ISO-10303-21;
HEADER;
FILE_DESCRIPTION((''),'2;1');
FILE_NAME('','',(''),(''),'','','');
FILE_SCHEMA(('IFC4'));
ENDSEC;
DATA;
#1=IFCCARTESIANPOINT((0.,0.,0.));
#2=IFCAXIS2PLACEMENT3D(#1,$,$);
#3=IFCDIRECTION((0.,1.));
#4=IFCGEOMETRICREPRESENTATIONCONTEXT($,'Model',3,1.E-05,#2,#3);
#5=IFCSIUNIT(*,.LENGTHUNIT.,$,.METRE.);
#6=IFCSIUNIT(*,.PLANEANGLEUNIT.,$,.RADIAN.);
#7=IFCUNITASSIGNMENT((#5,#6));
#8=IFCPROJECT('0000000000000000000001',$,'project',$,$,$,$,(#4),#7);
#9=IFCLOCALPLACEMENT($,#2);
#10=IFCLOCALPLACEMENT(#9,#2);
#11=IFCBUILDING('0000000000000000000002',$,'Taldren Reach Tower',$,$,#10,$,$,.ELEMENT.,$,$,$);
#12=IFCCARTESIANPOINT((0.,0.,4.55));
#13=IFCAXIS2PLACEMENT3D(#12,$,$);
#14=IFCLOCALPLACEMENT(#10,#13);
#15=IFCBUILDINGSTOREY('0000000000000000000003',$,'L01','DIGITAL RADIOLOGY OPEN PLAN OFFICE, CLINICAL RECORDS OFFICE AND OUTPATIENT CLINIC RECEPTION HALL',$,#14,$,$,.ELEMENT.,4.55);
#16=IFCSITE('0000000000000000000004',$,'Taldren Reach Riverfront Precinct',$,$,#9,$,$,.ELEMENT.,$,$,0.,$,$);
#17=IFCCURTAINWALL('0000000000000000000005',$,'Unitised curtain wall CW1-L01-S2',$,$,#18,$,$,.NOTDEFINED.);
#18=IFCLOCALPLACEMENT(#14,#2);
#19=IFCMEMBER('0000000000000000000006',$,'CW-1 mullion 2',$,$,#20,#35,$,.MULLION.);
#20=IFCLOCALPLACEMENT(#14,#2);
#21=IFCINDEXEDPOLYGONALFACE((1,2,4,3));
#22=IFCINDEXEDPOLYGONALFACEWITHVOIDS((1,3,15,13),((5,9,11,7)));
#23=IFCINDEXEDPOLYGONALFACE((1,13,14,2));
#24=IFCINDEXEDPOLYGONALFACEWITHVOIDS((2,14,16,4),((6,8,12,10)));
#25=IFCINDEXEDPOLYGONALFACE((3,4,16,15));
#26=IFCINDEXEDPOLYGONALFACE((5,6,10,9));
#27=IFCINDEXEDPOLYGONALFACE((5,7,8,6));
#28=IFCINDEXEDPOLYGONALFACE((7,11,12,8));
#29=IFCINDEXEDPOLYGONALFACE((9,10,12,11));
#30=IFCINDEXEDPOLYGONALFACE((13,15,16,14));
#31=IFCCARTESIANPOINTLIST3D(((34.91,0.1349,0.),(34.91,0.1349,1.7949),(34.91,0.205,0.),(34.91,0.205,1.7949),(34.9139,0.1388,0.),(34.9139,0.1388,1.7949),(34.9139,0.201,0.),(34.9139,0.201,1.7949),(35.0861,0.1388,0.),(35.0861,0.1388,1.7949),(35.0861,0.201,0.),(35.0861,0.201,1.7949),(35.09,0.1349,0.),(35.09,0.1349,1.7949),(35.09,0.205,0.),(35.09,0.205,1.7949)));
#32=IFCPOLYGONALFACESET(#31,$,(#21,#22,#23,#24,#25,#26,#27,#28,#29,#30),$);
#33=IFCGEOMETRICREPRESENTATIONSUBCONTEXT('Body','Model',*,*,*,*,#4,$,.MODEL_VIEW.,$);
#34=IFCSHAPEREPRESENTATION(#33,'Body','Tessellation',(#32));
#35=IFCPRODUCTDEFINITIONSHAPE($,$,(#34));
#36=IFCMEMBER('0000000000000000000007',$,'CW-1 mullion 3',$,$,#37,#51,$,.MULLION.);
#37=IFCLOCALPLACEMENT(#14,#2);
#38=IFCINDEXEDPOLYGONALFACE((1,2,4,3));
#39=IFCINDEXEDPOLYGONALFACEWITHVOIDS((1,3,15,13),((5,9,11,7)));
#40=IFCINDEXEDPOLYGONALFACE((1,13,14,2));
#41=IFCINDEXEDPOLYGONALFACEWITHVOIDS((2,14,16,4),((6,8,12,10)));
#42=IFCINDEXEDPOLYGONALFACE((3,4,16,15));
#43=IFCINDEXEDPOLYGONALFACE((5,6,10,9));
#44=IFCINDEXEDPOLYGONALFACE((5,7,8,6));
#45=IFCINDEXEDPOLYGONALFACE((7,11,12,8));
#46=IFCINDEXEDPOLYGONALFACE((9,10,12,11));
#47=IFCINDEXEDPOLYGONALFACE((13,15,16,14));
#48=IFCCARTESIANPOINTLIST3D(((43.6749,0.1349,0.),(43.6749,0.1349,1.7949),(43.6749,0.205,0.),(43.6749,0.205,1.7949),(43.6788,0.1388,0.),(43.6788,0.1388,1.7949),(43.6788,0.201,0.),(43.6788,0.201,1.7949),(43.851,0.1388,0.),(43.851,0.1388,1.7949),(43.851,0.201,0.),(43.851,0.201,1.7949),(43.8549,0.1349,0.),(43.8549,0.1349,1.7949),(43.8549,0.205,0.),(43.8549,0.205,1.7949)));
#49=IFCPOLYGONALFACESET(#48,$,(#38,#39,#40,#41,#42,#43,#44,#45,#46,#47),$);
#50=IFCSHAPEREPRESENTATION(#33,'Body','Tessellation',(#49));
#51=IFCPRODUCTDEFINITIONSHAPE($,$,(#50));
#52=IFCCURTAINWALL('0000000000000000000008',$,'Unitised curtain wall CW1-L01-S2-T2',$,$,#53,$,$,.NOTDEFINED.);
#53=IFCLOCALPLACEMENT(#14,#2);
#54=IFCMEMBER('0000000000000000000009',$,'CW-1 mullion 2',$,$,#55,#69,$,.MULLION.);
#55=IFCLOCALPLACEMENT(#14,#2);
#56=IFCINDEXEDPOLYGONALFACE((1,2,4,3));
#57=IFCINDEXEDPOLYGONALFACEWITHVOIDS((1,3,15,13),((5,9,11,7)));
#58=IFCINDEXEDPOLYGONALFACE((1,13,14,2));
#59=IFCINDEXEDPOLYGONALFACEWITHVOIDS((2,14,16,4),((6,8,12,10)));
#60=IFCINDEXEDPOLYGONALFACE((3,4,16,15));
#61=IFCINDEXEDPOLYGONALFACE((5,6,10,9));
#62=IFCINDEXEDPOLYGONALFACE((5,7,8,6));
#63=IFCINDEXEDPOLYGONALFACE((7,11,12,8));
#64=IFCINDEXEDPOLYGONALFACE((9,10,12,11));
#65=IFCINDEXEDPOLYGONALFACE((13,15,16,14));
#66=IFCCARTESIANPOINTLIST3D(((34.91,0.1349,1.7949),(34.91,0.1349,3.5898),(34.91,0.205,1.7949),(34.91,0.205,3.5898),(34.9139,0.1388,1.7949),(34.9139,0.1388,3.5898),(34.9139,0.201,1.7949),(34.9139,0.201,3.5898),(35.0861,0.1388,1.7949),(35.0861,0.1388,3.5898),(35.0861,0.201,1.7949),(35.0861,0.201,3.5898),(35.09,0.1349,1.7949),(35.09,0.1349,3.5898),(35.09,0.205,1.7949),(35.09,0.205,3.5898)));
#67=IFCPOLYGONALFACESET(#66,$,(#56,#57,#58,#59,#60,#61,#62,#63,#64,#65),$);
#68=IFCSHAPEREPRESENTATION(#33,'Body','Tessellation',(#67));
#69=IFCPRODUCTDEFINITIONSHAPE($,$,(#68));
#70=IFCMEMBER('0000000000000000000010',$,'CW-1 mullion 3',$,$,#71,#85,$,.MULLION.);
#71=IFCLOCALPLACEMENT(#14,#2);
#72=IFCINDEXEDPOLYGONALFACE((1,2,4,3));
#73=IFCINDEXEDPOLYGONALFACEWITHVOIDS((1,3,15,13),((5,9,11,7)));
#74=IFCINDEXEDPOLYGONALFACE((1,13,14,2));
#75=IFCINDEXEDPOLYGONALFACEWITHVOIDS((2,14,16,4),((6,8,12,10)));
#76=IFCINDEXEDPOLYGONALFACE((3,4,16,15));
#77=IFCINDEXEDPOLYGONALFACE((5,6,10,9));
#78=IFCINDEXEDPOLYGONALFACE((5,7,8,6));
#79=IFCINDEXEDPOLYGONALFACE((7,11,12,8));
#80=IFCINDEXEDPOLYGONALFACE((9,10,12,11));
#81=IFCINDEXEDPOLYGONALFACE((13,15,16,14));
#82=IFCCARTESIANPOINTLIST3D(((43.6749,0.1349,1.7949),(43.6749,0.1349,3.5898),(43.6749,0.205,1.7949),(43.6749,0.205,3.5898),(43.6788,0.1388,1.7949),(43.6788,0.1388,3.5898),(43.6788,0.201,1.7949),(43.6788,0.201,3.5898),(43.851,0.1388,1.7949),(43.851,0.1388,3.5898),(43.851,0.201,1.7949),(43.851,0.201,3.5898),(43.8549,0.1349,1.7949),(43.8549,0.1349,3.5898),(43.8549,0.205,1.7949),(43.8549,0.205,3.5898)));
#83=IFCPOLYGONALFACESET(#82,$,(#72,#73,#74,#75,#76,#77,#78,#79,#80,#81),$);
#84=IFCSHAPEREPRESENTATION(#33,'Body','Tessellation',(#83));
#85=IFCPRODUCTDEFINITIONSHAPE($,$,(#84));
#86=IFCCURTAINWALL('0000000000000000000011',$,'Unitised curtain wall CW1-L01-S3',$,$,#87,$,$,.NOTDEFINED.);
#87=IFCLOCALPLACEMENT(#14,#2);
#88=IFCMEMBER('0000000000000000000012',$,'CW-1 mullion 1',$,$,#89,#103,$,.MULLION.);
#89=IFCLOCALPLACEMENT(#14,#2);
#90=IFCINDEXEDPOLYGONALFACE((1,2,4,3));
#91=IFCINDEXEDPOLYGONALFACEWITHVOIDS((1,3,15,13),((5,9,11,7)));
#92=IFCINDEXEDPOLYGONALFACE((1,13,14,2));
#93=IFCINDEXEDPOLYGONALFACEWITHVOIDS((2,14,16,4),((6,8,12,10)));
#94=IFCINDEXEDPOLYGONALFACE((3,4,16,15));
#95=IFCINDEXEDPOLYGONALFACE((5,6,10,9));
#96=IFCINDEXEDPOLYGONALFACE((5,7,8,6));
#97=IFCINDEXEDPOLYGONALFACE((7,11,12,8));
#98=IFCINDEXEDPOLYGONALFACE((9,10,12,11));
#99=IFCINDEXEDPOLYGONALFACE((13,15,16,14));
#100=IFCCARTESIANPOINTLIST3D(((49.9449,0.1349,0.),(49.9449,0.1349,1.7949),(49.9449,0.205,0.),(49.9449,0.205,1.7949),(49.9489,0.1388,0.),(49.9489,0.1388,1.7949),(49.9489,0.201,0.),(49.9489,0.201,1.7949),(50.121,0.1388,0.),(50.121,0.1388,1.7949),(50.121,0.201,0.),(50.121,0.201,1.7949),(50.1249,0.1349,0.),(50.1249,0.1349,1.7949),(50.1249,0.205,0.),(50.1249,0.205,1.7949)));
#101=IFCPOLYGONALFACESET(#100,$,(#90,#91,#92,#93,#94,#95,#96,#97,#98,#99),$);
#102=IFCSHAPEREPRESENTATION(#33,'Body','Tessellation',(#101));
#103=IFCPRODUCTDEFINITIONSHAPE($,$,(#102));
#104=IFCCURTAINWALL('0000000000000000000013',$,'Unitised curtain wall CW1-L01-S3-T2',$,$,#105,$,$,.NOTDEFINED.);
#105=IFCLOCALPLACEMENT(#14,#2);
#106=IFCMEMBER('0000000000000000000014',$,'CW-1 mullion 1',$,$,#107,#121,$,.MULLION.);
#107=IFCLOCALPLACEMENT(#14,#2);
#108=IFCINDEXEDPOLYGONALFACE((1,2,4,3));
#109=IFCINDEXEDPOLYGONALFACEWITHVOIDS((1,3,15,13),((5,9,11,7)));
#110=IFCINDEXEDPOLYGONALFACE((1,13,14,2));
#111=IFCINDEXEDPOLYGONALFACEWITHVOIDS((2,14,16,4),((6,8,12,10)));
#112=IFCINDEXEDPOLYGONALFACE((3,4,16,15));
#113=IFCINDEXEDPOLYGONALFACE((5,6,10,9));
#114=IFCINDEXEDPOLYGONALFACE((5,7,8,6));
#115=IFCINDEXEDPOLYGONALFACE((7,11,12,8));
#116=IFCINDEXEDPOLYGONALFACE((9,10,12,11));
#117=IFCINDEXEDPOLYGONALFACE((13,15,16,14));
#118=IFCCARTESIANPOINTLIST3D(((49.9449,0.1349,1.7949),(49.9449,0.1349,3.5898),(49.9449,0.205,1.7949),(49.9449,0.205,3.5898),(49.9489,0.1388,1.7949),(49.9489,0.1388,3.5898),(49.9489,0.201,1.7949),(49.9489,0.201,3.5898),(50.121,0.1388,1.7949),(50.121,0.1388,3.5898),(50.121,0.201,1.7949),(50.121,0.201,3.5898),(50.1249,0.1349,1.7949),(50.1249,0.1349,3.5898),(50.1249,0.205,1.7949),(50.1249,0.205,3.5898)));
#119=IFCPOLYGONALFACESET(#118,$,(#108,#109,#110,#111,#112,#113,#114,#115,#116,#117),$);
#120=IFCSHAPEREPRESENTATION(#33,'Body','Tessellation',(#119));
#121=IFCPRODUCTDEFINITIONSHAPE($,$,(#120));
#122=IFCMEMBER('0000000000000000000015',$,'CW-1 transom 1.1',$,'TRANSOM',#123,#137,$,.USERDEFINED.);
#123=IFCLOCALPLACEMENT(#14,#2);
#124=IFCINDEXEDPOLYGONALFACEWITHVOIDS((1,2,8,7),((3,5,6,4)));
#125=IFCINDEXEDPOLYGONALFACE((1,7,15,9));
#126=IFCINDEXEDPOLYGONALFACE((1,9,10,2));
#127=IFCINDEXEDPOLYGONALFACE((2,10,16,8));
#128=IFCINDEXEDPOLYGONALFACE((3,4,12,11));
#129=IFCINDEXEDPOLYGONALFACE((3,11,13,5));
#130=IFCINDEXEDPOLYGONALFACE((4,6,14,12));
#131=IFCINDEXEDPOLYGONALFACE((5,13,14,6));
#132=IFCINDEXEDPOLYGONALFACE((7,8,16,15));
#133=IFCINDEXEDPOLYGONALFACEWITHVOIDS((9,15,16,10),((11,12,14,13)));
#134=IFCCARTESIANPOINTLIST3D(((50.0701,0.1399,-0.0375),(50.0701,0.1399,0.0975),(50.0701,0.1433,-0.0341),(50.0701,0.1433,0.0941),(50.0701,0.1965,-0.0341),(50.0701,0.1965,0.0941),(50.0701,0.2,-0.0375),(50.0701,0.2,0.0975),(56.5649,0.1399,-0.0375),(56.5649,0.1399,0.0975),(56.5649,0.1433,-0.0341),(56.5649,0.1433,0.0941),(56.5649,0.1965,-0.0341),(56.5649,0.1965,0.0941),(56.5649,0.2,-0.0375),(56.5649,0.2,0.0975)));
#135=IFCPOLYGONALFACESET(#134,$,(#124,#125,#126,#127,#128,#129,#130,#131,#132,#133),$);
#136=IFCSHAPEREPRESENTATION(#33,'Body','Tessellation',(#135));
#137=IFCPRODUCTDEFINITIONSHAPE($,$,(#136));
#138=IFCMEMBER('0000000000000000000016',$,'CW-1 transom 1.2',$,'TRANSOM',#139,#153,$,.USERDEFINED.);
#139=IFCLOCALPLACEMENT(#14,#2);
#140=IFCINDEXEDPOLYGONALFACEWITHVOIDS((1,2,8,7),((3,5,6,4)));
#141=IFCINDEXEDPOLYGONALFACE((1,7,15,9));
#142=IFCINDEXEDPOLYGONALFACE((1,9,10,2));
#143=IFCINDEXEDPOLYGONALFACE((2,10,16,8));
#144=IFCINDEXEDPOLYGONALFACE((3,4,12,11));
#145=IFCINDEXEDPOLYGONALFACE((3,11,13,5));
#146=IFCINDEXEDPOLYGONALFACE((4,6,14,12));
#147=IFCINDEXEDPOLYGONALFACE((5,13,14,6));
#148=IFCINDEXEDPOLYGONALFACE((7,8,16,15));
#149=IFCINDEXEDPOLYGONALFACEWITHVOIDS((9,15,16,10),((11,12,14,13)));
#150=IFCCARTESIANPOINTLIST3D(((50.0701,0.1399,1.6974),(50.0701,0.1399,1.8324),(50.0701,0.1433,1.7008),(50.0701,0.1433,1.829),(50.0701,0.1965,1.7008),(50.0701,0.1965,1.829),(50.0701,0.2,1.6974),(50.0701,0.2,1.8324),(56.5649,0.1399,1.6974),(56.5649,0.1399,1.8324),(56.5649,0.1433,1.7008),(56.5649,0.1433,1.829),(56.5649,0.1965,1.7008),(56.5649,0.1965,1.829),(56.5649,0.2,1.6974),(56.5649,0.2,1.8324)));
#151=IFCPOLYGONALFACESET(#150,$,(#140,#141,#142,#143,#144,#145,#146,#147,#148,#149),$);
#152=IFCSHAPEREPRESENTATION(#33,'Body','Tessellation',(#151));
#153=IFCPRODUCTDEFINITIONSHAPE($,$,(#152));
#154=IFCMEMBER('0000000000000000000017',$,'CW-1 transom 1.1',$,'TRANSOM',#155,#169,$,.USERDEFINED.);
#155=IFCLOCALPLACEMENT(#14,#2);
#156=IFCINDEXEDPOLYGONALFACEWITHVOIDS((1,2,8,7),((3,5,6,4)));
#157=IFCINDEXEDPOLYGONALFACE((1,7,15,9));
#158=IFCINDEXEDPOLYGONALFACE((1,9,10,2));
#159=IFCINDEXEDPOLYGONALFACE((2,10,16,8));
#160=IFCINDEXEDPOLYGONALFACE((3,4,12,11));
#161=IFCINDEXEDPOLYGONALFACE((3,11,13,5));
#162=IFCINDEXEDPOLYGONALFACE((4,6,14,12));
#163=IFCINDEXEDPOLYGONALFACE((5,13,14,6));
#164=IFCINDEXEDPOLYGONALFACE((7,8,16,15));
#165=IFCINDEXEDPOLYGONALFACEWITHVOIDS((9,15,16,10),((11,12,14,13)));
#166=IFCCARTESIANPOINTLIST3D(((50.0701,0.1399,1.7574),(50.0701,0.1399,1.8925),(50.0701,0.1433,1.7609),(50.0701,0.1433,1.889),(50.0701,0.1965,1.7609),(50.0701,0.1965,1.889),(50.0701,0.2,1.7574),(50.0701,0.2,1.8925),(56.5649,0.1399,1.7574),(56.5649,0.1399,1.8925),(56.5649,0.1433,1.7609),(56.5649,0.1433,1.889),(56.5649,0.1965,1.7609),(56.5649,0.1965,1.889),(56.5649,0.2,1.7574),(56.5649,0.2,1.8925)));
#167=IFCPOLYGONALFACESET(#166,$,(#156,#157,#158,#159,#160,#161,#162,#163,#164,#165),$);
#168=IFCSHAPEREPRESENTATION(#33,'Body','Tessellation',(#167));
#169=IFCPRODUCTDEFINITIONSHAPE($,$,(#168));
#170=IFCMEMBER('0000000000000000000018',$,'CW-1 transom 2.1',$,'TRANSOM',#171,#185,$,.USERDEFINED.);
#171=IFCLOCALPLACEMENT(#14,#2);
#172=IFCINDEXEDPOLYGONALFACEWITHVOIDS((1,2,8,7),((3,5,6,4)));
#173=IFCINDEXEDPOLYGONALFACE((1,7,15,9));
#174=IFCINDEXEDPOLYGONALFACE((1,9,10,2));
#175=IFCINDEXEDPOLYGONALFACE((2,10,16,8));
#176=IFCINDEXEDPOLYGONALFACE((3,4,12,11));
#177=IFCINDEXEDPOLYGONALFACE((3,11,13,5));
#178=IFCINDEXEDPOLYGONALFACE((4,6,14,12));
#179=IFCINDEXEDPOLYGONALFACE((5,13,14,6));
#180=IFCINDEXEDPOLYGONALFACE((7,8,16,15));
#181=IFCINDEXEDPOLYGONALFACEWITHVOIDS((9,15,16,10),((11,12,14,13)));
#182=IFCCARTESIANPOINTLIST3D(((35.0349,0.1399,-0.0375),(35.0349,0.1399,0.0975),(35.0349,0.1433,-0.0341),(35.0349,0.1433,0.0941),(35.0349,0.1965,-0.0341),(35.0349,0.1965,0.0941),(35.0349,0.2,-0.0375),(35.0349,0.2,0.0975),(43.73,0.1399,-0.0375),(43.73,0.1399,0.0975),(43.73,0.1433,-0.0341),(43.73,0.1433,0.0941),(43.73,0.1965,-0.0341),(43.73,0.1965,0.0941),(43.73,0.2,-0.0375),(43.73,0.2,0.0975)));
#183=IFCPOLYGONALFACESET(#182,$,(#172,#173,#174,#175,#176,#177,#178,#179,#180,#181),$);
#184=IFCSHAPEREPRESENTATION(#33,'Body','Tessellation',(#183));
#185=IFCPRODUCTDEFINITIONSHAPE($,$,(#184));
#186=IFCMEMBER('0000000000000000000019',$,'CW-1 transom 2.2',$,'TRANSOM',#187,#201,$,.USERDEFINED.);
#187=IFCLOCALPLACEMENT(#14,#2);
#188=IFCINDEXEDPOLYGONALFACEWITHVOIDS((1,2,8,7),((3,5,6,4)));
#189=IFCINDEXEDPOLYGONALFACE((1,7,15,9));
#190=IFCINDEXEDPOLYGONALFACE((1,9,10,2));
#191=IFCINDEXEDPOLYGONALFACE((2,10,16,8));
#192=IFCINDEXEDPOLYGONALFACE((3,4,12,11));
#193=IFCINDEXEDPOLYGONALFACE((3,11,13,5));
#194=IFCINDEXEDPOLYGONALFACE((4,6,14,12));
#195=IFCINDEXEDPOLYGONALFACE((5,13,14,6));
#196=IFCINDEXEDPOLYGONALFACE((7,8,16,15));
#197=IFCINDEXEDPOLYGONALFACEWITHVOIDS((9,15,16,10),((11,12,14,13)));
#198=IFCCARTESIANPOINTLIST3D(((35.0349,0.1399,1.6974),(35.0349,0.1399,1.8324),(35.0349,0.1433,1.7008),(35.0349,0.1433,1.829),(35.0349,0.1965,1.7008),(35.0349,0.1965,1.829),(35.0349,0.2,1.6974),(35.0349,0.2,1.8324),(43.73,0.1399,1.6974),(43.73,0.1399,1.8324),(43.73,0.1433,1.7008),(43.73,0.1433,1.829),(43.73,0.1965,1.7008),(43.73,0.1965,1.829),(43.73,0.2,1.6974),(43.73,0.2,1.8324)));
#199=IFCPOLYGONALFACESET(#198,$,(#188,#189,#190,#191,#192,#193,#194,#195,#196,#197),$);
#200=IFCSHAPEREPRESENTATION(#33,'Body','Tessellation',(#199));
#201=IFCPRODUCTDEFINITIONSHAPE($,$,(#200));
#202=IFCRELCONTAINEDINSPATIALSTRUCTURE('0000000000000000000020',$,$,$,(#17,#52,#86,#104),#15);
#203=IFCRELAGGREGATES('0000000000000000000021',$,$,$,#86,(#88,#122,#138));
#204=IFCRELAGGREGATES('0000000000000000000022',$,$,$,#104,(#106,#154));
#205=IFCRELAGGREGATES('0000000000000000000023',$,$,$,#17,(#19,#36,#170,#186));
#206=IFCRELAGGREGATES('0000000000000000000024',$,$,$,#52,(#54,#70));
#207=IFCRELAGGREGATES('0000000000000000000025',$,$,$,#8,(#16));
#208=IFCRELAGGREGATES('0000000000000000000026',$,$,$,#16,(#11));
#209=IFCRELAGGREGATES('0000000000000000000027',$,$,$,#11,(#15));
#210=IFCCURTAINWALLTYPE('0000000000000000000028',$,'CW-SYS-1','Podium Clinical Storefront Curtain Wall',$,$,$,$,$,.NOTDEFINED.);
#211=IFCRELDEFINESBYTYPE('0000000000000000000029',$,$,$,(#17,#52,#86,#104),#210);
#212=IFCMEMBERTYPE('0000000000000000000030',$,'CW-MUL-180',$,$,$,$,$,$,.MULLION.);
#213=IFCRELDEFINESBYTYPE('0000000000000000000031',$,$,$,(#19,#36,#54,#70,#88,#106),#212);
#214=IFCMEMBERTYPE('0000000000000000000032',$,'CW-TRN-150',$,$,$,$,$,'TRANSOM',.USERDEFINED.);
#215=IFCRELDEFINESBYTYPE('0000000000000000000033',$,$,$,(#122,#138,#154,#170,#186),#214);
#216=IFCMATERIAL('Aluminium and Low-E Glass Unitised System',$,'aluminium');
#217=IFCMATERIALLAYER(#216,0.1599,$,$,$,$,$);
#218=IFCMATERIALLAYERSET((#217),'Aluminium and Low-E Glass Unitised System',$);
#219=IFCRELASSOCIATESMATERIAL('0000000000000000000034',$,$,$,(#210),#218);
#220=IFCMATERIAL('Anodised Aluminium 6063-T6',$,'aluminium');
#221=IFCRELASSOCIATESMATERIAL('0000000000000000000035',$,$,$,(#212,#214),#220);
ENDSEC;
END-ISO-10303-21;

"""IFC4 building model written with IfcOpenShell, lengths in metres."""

from ifc_helpers import new_model, si_unit, direction, frame, origin, origin_2d, place, context, subcontext, project, spatial, hollow_rectangle, extrude, source, transform, mapped, material, layer, layer_set, material_profile, profile_set, type_object, element, aggregate, save


model = new_model("IFC4")

# Units and contexts
model_context = context("Model", 3, precision=1e-05, world=origin(), true_north=direction((0.0, 1.0)))
body_context = subcontext(model_context, "Body", "Model", "MODEL_VIEW")
ifc_project = project(units=[si_unit("LENGTHUNIT", "METRE"), si_unit("PLANEANGLEUNIT", "RADIAN")], contexts=[model_context])

# Site, building, storey
site_placement = place(None, origin())
site = spatial("IfcSite", under=ifc_project, at=site_placement, Name="Taldren Reach Riverfront Precinct", CompositionType="ELEMENT", RefElevation=0.0)
building_placement = place(site_placement, origin())
building = spatial("IfcBuilding", under=site, at=building_placement, Name="Taldren Reach Tower", CompositionType="ELEMENT")
storey_placement = place(building_placement, frame((0.0, 0.0, 4.55)))
storey = spatial("IfcBuildingStorey", under=building, at=storey_placement, Name="L01", Description="DIGITAL RADIOLOGY OPEN PLAN OFFICE, CLINICAL RECORDS OFFICE AND OUTPATIENT CLINIC RECEPTION HALL", CompositionType="ELEMENT", Elevation=4.55)

# Curtain walls, members
ifc_material_1 = material(Name="Aluminium and Low-E Glass Unitised System", Category="aluminium")
ifc_layer_1 = layer(ifc_material_1, 0.1599)
ifc_layer_set_1 = layer_set([ifc_layer_1], Name="Aluminium and Low-E Glass Unitised System")
curtain_wall_type = type_object("IfcCurtainWallType", Name="CW-SYS-1", Description="Podium Clinical Storefront Curtain Wall", PredefinedType="NOTDEFINED", material=ifc_layer_set_1)
curtain_wall_1_placement = place(storey_placement, origin())
curtain_wall_1 = element("IfcCurtainWall", 1, at=curtain_wall_1_placement, inside=storey, type_object=curtain_wall_type, Name="Unitised curtain wall CW1-L01-S2", PredefinedType="NOTDEFINED")
ifc_material_2 = material(Name="Anodised Aluminium 6063-T6", Category="aluminium")
ifc_material_profile_1 = material_profile(ifc_material_2, hollow_rectangle(XDim=0.0701, YDim=0.1799, WallThickness=0.0039, at=origin_2d()), Name="ALU-180x70x4RHS")
ifc_profile_set_1 = profile_set([ifc_material_profile_1], Name="Anodised Aluminium 6063-T6")
member_type_1 = type_object("IfcMemberType", Name="CW-MUL-180", PredefinedType="MULLION", material=ifc_profile_set_1)
shared_shape_1 = source(origin(), body_context, "Body", "SweptSolid", [
    extrude(hollow_rectangle(XDim=0.0701, YDim=0.1799, WallThickness=0.0039, at=origin_2d()), origin(), (0.0, 0.0, 1.0), 1.7949),
])
member_1_placement = place(storey_placement, frame((35.0, 0.1699, 0.0), z_axis=(0.0, 0.0, 1.0), x_axis=(0.0, 1.0, 0.0)))
member_1 = element("IfcMember", 2, at=member_1_placement, type_object=member_type_1, Name="CW-1 mullion 2", PredefinedType="MULLION", context=body_context, shape_type="MappedRepresentation", body=[
    mapped(shared_shape_1, transform((0.0, 0.0, 0.0), scale=1.0)),
])
member_2_placement = place(storey_placement, frame((43.7649, 0.1699, 0.0), z_axis=(0.0, 0.0, 1.0), x_axis=(0.0, 1.0, 0.0)))
member_2 = element("IfcMember", 3, at=member_2_placement, type_object=member_type_1, Name="CW-1 mullion 3", PredefinedType="MULLION", context=body_context, shape_type="MappedRepresentation", body=[
    mapped(shared_shape_1, transform((0.0, 0.0, 0.0), scale=1.0)),
])
curtain_wall_2_placement = place(storey_placement, origin())
curtain_wall_2 = element("IfcCurtainWall", 4, at=curtain_wall_2_placement, inside=storey, type_object=curtain_wall_type, Name="Unitised curtain wall CW1-L01-S2-T2", PredefinedType="NOTDEFINED")
member_3_placement = place(storey_placement, frame((35.0, 0.1699, 1.7949), z_axis=(0.0, 0.0, 1.0), x_axis=(0.0, 1.0, 0.0)))
member_3 = element("IfcMember", 5, at=member_3_placement, type_object=member_type_1, Name="CW-1 mullion 2", PredefinedType="MULLION", context=body_context, shape_type="MappedRepresentation", body=[
    mapped(shared_shape_1, transform((0.0, 0.0, 0.0), scale=1.0)),
])
member_4_placement = place(storey_placement, frame((43.7649, 0.1699, 1.7949), z_axis=(0.0, 0.0, 1.0), x_axis=(0.0, 1.0, 0.0)))
member_4 = element("IfcMember", 6, at=member_4_placement, type_object=member_type_1, Name="CW-1 mullion 3", PredefinedType="MULLION", context=body_context, shape_type="MappedRepresentation", body=[
    mapped(shared_shape_1, transform((0.0, 0.0, 0.0), scale=1.0)),
])

# Curtain walls, members
curtain_wall_3_placement = place(storey_placement, origin())
curtain_wall_3 = element("IfcCurtainWall", 7, at=curtain_wall_3_placement, inside=storey, type_object=curtain_wall_type, Name="Unitised curtain wall CW1-L01-S3", PredefinedType="NOTDEFINED")
member_5_placement = place(storey_placement, frame((50.0349, 0.1699, 0.0), z_axis=(0.0, 0.0, 1.0), x_axis=(0.0, 1.0, 0.0)))
member_5 = element("IfcMember", 8, at=member_5_placement, type_object=member_type_1, Name="CW-1 mullion 1", PredefinedType="MULLION", context=body_context, shape_type="MappedRepresentation", body=[
    mapped(shared_shape_1, transform((0.0, 0.0, 0.0), scale=1.0)),
])
curtain_wall_4_placement = place(storey_placement, origin())
curtain_wall_4 = element("IfcCurtainWall", 9, at=curtain_wall_4_placement, inside=storey, type_object=curtain_wall_type, Name="Unitised curtain wall CW1-L01-S3-T2", PredefinedType="NOTDEFINED")
member_6_placement = place(storey_placement, frame((50.0349, 0.1699, 1.7949), z_axis=(0.0, 0.0, 1.0), x_axis=(0.0, 1.0, 0.0)))
member_6 = element("IfcMember", 10, at=member_6_placement, type_object=member_type_1, Name="CW-1 mullion 1", PredefinedType="MULLION", context=body_context, shape_type="MappedRepresentation", body=[
    mapped(shared_shape_1, transform((0.0, 0.0, 0.0), scale=1.0)),
])

# Members
ifc_material_profile_2 = material_profile(ifc_material_2, hollow_rectangle(XDim=0.0601, YDim=0.135, WallThickness=0.0034, at=origin_2d()), Name="ALU-135x60x3.5RHS")
ifc_profile_set_2 = profile_set([ifc_material_profile_2], Name="Anodised Aluminium 6063-T6")
member_type_2 = type_object("IfcMemberType", Name="CW-TRN-150", ElementType="TRANSOM", PredefinedType="USERDEFINED", material=ifc_profile_set_2)
shared_shape_2 = source(origin(), body_context, "Body", "SweptSolid", [
    extrude(hollow_rectangle(XDim=0.0601, YDim=0.135, WallThickness=0.0034, at=origin_2d()), origin(), (0.0, 0.0, 1.0), 6.4949),
])
member_7_placement = place(storey_placement, frame((50.0701, 0.1699, 0.03), z_axis=(1.0, 0.0, 0.0), x_axis=(0.0, 1.0, 0.0)))
member_7 = element("IfcMember", 11, at=member_7_placement, type_object=member_type_2, Name="CW-1 transom 1.1", ObjectType="TRANSOM", PredefinedType="USERDEFINED", context=body_context, shape_type="MappedRepresentation", body=[
    mapped(shared_shape_2, transform((0.0, 0.0, 0.0), scale=1.0)),
])
member_8_placement = place(storey_placement, frame((50.0701, 0.1699, 1.7649), z_axis=(1.0, 0.0, 0.0), x_axis=(0.0, 1.0, 0.0)))
member_8 = element("IfcMember", 12, at=member_8_placement, type_object=member_type_2, Name="CW-1 transom 1.2", ObjectType="TRANSOM", PredefinedType="USERDEFINED", context=body_context, shape_type="MappedRepresentation", body=[
    mapped(shared_shape_2, transform((0.0, 0.0, 0.0), scale=1.0)),
])
aggregate(curtain_wall_3, [member_5, member_7, member_8])
member_9_placement = place(storey_placement, frame((50.0701, 0.1699, 1.825), z_axis=(1.0, 0.0, 0.0), x_axis=(0.0, 1.0, 0.0)))
member_9 = element("IfcMember", 13, at=member_9_placement, type_object=member_type_2, Name="CW-1 transom 1.1", ObjectType="TRANSOM", PredefinedType="USERDEFINED", context=body_context, shape_type="MappedRepresentation", body=[
    mapped(shared_shape_2, transform((0.0, 0.0, 0.0), scale=1.0)),
])
aggregate(curtain_wall_4, [member_6, member_9])
shared_shape_3 = source(origin(), body_context, "Body", "SweptSolid", [
    extrude(hollow_rectangle(XDim=0.0601, YDim=0.135, WallThickness=0.0034, at=origin_2d()), origin(), (0.0, 0.0, 1.0), 8.6951),
])
member_10_placement = place(storey_placement, frame((35.0349, 0.1699, 0.03), z_axis=(1.0, 0.0, 0.0), x_axis=(0.0, 1.0, 0.0)))
member_10 = element("IfcMember", 14, at=member_10_placement, type_object=member_type_2, Name="CW-1 transom 2.1", ObjectType="TRANSOM", PredefinedType="USERDEFINED", context=body_context, shape_type="MappedRepresentation", body=[
    mapped(shared_shape_3, transform((0.0, 0.0, 0.0), scale=1.0)),
])
member_11_placement = place(storey_placement, frame((35.0349, 0.1699, 1.7649), z_axis=(1.0, 0.0, 0.0), x_axis=(0.0, 1.0, 0.0)))
member_11 = element("IfcMember", 15, at=member_11_placement, type_object=member_type_2, Name="CW-1 transom 2.2", ObjectType="TRANSOM", PredefinedType="USERDEFINED", context=body_context, shape_type="MappedRepresentation", body=[
    mapped(shared_shape_3, transform((0.0, 0.0, 0.0), scale=1.0)),
])

aggregate(curtain_wall_1, [member_1, member_2, member_10, member_11])
aggregate(curtain_wall_2, [member_3, member_4])

save(model, "model.ifc")
